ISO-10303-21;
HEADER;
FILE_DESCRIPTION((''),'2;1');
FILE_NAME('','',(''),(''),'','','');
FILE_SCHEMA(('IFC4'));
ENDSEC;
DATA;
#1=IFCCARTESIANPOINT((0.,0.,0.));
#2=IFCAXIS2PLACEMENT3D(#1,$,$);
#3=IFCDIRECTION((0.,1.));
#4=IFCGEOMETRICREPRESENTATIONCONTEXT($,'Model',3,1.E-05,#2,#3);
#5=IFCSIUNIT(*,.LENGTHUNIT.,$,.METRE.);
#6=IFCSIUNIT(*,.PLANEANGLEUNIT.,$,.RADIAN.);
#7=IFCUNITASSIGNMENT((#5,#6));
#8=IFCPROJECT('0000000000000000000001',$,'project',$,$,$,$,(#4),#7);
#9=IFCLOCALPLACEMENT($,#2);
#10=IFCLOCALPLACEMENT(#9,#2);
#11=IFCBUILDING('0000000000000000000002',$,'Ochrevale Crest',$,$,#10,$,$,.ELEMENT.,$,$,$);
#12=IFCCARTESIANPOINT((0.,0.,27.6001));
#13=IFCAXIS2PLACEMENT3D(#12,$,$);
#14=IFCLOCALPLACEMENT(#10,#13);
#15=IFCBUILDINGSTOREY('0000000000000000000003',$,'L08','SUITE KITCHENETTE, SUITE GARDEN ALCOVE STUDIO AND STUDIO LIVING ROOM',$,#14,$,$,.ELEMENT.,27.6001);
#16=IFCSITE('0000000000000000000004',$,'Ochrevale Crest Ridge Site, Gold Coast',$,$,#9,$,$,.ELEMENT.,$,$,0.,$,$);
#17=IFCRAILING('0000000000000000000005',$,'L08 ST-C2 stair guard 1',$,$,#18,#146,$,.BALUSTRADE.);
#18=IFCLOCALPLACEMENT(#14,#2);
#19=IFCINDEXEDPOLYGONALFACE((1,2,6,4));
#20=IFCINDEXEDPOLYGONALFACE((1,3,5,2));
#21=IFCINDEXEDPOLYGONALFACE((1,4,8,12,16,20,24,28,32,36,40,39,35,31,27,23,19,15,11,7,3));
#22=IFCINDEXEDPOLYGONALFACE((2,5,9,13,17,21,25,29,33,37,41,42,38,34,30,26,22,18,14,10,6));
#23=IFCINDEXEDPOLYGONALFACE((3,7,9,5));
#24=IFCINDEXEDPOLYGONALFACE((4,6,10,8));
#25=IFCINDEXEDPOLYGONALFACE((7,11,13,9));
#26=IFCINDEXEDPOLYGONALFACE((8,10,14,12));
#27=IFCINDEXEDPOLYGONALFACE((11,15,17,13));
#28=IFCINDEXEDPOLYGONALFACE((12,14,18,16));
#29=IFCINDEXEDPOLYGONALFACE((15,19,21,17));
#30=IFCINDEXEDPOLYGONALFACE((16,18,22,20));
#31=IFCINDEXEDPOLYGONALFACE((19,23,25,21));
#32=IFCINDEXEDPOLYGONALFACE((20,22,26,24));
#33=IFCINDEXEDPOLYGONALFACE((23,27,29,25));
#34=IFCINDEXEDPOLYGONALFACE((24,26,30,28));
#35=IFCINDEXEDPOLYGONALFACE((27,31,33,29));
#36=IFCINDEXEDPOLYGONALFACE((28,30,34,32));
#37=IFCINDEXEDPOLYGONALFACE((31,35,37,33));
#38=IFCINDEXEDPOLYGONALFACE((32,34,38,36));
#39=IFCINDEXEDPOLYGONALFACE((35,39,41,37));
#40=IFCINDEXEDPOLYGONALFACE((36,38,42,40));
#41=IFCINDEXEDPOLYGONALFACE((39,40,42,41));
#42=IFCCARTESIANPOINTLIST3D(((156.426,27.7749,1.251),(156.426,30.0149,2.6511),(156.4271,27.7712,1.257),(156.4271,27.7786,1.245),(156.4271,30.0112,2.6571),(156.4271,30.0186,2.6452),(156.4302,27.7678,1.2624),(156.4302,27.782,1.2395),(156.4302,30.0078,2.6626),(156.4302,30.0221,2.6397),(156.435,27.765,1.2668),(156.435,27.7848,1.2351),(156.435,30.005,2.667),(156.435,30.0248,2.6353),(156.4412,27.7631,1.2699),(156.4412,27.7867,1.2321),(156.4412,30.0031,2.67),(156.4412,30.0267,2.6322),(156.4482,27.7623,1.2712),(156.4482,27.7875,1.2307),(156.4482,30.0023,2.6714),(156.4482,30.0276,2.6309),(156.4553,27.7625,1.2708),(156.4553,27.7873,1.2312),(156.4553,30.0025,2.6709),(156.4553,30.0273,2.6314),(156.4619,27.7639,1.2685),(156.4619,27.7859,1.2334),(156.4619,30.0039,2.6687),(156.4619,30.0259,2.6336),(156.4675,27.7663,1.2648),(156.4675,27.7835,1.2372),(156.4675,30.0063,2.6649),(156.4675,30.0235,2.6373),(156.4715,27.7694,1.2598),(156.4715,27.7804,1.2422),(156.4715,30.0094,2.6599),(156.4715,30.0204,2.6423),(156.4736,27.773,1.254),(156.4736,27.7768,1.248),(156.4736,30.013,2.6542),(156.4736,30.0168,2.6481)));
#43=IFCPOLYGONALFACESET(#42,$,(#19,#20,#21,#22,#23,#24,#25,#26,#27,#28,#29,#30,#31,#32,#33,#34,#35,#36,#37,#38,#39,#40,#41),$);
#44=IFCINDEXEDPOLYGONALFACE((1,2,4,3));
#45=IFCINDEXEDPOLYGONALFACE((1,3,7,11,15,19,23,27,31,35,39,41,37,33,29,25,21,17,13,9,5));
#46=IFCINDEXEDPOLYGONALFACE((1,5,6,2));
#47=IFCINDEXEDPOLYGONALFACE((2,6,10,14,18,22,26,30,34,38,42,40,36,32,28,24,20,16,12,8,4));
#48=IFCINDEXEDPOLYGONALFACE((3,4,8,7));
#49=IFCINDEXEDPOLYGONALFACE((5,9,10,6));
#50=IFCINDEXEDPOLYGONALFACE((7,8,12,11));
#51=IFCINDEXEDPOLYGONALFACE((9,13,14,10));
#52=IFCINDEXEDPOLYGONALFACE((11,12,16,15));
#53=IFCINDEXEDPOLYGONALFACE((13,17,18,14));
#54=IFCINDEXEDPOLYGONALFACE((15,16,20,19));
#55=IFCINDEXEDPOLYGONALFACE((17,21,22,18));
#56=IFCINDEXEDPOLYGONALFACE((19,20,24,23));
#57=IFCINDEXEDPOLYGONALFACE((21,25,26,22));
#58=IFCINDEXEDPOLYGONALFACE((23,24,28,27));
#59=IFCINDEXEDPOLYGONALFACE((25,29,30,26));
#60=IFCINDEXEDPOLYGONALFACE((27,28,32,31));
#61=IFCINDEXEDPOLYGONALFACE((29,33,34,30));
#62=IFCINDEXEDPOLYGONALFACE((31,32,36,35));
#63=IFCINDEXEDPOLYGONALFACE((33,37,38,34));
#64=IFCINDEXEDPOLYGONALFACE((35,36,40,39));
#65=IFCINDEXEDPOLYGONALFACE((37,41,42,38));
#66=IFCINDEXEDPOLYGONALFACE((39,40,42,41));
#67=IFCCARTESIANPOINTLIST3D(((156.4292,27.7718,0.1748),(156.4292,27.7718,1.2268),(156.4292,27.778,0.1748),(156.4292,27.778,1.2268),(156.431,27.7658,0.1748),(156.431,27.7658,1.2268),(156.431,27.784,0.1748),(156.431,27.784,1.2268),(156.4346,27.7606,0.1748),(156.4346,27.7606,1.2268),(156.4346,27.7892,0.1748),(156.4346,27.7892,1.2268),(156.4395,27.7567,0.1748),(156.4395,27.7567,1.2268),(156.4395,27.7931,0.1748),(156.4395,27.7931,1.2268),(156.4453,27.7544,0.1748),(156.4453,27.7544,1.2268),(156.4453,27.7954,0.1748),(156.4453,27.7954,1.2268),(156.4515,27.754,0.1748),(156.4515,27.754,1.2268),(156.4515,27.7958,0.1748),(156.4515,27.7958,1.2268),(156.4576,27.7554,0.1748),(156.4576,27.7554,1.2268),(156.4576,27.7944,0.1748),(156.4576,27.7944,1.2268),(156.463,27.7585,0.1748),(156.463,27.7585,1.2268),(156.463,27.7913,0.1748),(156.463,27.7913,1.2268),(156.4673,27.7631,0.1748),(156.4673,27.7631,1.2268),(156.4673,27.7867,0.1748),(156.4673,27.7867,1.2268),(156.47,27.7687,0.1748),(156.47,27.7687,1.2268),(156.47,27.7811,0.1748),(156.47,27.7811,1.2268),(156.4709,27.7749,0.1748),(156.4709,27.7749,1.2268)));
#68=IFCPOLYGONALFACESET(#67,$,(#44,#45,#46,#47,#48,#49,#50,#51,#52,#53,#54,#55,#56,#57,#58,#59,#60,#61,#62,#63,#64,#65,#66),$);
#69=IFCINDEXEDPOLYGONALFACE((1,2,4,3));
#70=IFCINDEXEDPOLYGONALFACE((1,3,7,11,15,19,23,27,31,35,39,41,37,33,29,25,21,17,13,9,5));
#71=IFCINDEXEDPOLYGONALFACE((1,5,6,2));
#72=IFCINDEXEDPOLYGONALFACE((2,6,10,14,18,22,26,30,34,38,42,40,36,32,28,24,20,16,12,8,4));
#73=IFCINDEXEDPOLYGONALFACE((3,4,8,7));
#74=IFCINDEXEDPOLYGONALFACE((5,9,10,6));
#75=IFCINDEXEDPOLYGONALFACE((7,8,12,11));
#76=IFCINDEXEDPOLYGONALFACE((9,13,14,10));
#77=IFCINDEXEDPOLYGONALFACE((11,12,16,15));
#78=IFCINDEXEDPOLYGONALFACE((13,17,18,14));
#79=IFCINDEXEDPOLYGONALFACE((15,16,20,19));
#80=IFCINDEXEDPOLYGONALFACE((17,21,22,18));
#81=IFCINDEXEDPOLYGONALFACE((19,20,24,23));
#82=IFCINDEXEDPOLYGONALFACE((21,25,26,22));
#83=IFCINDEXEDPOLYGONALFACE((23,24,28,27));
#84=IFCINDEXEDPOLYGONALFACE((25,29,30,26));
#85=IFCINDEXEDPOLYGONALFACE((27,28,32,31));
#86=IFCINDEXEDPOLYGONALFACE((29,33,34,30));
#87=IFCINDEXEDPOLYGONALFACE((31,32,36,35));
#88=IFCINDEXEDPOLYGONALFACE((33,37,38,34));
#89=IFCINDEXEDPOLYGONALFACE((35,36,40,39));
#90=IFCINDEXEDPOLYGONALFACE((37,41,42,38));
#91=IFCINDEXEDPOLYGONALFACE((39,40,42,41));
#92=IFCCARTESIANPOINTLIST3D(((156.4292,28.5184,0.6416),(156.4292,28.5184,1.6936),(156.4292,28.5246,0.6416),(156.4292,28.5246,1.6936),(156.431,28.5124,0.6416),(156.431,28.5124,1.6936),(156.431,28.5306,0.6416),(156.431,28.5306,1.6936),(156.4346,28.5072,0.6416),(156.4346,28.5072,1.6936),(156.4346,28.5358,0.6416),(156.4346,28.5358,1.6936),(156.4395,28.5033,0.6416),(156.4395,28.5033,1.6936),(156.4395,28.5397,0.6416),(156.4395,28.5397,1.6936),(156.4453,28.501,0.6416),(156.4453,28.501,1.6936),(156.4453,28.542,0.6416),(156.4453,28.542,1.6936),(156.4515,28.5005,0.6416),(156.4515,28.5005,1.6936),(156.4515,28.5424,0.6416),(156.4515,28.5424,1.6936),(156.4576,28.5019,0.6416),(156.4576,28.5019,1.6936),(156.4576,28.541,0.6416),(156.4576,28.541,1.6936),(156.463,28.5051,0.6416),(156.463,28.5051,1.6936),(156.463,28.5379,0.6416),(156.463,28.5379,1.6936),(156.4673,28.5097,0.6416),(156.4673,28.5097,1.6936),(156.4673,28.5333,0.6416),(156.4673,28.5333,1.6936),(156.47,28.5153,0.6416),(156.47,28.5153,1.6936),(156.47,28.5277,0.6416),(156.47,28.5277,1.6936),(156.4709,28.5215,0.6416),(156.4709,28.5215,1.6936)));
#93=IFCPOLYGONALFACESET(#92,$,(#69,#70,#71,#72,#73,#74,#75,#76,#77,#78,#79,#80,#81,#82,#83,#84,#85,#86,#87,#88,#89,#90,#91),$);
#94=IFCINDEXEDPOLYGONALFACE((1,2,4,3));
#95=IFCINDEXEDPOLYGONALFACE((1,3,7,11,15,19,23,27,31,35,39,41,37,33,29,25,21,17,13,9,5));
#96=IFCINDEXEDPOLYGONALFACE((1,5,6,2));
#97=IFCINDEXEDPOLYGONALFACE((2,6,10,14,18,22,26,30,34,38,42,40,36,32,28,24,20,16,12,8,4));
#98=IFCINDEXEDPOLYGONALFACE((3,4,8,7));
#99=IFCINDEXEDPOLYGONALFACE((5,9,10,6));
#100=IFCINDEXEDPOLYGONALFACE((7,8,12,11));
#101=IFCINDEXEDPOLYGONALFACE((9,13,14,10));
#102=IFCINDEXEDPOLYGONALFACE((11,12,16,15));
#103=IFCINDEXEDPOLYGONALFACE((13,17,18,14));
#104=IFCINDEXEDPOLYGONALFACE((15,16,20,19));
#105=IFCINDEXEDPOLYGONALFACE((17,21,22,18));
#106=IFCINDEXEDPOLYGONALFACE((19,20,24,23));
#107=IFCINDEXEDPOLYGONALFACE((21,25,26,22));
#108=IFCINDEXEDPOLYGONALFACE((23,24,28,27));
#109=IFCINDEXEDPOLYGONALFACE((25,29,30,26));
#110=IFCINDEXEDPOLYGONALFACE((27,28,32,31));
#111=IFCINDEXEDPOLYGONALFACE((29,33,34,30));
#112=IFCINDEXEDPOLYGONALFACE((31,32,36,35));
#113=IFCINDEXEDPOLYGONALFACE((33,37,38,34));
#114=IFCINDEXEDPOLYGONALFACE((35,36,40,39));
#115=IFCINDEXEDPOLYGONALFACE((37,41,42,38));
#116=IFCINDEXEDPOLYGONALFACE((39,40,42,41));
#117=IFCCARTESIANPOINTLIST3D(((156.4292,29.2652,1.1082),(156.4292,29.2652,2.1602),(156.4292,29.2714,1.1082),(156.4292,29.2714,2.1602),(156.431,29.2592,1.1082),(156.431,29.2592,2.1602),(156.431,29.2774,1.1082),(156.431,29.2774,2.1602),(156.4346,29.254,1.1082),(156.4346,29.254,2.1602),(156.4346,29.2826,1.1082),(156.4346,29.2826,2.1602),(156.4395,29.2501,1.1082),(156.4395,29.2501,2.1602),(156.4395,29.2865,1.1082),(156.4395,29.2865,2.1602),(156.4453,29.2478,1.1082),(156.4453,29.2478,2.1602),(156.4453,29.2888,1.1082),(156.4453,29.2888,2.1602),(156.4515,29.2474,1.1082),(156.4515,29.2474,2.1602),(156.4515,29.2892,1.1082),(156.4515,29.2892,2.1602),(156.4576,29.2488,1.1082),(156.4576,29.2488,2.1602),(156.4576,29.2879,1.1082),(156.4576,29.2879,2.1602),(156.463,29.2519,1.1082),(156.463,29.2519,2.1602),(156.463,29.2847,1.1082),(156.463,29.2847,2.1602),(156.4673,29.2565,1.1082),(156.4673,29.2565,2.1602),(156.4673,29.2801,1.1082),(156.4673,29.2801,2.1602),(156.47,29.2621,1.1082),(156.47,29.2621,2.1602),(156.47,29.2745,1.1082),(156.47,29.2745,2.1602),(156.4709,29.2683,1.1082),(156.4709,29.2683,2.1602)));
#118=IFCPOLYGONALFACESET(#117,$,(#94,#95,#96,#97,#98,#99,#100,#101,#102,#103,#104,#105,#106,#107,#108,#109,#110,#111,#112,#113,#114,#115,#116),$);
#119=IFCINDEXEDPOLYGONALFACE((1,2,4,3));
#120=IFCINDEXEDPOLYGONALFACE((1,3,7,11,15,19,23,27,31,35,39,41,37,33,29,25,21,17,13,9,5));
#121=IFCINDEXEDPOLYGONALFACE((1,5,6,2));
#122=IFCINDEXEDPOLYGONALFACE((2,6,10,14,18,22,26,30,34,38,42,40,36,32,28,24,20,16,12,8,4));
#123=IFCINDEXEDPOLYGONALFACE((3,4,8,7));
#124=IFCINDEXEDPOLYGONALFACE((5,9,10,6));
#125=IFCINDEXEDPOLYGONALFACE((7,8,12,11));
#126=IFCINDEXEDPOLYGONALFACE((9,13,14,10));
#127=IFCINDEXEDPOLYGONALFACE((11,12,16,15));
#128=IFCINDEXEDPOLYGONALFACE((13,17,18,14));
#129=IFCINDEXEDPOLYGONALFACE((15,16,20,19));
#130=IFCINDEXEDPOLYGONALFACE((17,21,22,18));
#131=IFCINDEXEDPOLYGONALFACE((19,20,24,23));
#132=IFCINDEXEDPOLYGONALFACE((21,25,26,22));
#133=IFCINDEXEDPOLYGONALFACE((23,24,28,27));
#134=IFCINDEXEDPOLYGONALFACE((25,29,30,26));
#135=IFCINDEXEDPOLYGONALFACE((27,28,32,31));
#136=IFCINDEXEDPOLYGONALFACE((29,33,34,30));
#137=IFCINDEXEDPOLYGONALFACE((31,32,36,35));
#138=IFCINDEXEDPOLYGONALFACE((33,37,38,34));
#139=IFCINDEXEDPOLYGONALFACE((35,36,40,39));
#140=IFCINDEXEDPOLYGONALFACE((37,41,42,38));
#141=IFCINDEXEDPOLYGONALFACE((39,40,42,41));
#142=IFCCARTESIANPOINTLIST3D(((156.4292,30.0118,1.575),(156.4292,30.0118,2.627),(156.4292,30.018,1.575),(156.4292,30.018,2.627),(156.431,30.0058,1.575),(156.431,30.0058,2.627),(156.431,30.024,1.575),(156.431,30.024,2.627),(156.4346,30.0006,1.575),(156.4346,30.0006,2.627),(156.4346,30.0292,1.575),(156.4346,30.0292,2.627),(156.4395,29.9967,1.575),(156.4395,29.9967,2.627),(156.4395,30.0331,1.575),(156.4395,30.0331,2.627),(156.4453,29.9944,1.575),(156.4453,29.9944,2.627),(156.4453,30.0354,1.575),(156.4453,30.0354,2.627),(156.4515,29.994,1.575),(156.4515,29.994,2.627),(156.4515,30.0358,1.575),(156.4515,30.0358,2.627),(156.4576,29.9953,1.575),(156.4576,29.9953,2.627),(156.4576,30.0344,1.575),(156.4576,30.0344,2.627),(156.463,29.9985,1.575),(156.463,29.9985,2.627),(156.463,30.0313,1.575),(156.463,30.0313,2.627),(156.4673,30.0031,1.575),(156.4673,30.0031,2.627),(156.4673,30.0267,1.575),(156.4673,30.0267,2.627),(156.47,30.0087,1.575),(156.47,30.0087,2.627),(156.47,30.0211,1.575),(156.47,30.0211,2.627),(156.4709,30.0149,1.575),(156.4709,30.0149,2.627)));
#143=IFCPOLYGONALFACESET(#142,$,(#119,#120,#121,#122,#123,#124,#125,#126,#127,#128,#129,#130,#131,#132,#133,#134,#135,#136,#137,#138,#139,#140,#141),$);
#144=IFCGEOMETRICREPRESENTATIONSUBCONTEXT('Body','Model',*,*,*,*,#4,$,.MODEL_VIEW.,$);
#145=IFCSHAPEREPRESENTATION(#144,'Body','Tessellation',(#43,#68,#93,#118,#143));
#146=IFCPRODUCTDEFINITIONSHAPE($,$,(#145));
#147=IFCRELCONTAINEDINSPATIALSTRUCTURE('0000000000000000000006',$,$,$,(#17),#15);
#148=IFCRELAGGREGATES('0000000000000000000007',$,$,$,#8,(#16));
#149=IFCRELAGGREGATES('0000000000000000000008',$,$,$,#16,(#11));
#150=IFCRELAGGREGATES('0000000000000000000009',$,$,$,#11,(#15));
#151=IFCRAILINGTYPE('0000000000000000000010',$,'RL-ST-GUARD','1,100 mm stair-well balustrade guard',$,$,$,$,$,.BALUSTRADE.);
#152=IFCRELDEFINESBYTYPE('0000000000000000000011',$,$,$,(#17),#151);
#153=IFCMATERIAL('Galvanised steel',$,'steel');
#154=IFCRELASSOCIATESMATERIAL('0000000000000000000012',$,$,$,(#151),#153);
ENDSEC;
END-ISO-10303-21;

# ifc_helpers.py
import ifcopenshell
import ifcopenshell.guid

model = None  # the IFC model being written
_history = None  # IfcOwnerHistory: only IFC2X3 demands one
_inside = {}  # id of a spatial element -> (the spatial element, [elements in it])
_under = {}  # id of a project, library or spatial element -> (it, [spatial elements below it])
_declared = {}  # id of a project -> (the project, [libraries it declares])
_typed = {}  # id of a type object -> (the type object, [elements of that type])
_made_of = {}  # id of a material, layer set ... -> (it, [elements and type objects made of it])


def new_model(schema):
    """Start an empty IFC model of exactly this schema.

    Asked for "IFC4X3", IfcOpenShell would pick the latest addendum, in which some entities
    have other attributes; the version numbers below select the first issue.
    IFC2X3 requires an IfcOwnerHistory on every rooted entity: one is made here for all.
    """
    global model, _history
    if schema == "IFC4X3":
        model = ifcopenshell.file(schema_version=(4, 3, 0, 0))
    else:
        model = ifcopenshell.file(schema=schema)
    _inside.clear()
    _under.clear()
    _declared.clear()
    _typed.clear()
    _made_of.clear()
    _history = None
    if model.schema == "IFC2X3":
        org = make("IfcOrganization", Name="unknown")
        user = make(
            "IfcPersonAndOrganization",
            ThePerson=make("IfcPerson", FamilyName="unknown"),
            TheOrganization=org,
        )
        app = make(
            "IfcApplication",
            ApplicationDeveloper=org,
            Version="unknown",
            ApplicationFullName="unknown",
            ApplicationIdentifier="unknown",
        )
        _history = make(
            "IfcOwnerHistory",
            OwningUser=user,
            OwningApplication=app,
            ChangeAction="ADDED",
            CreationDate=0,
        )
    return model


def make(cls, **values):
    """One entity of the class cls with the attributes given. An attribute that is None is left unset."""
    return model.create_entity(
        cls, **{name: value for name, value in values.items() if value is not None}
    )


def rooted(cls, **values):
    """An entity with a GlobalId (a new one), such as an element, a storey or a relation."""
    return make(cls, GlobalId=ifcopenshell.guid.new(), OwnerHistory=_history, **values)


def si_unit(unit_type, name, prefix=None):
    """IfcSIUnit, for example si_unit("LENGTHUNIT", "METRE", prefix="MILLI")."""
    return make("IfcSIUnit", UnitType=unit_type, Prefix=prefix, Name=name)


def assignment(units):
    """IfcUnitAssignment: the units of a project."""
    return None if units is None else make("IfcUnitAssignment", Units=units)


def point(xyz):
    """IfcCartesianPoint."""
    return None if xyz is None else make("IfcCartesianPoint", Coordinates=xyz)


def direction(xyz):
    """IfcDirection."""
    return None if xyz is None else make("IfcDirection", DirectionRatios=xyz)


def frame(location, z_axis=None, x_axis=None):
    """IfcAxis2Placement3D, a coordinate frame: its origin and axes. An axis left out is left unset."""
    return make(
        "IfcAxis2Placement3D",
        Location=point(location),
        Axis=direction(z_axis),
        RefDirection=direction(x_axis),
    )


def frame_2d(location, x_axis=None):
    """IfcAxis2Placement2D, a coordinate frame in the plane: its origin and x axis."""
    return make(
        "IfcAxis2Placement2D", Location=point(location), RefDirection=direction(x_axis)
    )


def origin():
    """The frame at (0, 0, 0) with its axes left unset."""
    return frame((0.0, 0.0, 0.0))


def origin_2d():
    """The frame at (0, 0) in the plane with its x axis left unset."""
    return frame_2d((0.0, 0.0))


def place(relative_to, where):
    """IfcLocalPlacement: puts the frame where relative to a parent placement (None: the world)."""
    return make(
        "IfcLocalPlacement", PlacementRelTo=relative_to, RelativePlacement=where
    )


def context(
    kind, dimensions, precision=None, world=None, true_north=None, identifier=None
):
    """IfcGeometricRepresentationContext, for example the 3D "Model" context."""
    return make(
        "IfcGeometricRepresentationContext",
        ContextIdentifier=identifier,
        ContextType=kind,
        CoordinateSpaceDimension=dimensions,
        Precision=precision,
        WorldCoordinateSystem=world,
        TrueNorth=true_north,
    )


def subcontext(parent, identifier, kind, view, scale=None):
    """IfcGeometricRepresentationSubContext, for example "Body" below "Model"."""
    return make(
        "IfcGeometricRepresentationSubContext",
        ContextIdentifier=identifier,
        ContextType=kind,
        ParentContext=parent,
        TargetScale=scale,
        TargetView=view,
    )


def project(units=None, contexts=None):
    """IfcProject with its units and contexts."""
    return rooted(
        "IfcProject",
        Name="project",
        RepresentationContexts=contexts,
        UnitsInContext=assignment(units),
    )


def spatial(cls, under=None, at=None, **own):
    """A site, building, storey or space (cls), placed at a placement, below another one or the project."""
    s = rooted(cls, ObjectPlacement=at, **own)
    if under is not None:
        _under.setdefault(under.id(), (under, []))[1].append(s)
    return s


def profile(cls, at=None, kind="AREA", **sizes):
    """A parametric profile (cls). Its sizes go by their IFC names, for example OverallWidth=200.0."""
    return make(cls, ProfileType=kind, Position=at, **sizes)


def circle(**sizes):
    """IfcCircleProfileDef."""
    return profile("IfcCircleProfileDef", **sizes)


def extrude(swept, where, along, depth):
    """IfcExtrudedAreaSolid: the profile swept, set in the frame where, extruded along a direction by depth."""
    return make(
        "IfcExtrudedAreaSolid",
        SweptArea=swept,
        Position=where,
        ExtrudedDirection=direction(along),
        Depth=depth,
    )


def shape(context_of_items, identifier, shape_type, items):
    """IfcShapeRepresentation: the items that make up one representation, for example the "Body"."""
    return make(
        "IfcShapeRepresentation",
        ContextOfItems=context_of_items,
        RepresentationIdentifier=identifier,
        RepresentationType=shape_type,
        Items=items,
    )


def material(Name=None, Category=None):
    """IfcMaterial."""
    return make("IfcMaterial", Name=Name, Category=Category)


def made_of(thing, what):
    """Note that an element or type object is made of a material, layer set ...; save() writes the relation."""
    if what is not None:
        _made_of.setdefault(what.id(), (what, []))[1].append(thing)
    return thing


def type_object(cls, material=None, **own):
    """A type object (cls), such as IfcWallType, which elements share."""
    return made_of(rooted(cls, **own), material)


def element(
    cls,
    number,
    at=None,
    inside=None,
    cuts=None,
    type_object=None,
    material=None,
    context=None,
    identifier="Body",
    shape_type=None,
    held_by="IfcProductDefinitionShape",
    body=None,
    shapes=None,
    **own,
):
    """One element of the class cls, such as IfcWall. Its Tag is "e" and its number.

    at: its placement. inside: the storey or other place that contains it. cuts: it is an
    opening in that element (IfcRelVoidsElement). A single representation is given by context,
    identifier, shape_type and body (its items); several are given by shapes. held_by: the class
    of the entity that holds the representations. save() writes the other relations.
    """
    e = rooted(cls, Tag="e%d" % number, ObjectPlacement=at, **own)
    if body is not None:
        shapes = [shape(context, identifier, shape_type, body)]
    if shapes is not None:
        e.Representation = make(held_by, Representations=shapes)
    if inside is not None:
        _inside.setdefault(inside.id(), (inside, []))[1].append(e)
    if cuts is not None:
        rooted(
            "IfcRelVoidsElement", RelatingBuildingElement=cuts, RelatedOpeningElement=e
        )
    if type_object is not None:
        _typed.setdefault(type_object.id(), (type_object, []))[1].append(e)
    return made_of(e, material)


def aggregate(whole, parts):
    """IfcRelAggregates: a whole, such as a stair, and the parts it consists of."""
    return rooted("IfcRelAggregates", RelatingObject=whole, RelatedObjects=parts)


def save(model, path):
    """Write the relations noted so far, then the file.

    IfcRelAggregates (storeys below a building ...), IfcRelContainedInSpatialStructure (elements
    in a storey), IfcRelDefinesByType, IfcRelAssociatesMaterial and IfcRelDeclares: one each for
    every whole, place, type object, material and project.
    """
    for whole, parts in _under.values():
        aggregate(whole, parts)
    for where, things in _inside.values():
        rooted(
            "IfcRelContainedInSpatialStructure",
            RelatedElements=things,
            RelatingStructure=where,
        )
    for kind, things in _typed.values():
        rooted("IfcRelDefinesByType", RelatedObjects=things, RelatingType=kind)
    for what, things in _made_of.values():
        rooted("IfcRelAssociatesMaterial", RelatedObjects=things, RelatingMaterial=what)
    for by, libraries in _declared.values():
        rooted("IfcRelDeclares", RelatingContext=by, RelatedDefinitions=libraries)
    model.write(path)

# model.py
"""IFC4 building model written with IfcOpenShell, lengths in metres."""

from ifc_helpers import new_model, si_unit, direction, frame, origin, origin_2d, place, context, subcontext, project, spatial, circle, extrude, material, type_object, element, save


model = new_model("IFC4")

# Units and contexts
model_context = context("Model", 3, precision=1e-05, world=origin(), true_north=direction((0.0, 1.0)))
body_context = subcontext(model_context, "Body", "Model", "MODEL_VIEW")
ifc_project = project(units=[si_unit("LENGTHUNIT", "METRE"), si_unit("PLANEANGLEUNIT", "RADIAN")], contexts=[model_context])

# Site, building, storey
site_placement = place(None, origin())
site = spatial("IfcSite", under=ifc_project, at=site_placement, Name="Ochrevale Crest Ridge Site, Gold Coast", CompositionType="ELEMENT", RefElevation=0.0)
building_placement = place(site_placement, origin())
building = spatial("IfcBuilding", under=site, at=building_placement, Name="Ochrevale Crest", CompositionType="ELEMENT")
storey_placement = place(building_placement, frame((0.0, 0.0, 27.6001)))
storey = spatial("IfcBuildingStorey", under=building, at=storey_placement, Name="L08", Description="SUITE KITCHENETTE, SUITE GARDEN ALCOVE STUDIO AND STUDIO LIVING ROOM", CompositionType="ELEMENT", Elevation=27.6001)

# Railing
ifc_material_1 = material(Name="Galvanised steel", Category="steel")
railing_type_1 = type_object("IfcRailingType", Name="RL-ST-GUARD", Description="1,100 mm stair-well balustrade guard", PredefinedType="BALUSTRADE", material=ifc_material_1)
railing_1_placement = place(storey_placement, frame((156.45, 27.7749, 0.1748)))
element("IfcRailing", 1, at=railing_1_placement, inside=storey, type_object=railing_type_1, Name="L08 ST-C2 stair guard 1", PredefinedType="BALUSTRADE", context=body_context, shape_type="SweptSolid", body=[
    extrude(circle(Radius=0.0239, at=origin_2d()), frame((0.0, 0.0, 1.0762), z_axis=(0.0, 0.847972, 0.53004), x_axis=(-1.0, 0.0, 0.0)), (0.0, 0.0, 1.0), 2.6416),
    extrude(circle(Radius=0.021, at=origin_2d()), origin(), (0.0, 0.0, 1.0), 1.052),
    extrude(circle(Radius=0.021, at=origin_2d()), frame((0.0, 0.7466, 0.4668)), (0.0, 0.0, 1.0), 1.052),
    extrude(circle(Radius=0.021, at=origin_2d()), frame((0.0, 1.4934, 0.9333)), (0.0, 0.0, 1.0), 1.052),
    extrude(circle(Radius=0.021, at=origin_2d()), frame((0.0, 2.24, 1.4001)), (0.0, 0.0, 1.0), 1.052),
])

save(model, "model.ifc")
